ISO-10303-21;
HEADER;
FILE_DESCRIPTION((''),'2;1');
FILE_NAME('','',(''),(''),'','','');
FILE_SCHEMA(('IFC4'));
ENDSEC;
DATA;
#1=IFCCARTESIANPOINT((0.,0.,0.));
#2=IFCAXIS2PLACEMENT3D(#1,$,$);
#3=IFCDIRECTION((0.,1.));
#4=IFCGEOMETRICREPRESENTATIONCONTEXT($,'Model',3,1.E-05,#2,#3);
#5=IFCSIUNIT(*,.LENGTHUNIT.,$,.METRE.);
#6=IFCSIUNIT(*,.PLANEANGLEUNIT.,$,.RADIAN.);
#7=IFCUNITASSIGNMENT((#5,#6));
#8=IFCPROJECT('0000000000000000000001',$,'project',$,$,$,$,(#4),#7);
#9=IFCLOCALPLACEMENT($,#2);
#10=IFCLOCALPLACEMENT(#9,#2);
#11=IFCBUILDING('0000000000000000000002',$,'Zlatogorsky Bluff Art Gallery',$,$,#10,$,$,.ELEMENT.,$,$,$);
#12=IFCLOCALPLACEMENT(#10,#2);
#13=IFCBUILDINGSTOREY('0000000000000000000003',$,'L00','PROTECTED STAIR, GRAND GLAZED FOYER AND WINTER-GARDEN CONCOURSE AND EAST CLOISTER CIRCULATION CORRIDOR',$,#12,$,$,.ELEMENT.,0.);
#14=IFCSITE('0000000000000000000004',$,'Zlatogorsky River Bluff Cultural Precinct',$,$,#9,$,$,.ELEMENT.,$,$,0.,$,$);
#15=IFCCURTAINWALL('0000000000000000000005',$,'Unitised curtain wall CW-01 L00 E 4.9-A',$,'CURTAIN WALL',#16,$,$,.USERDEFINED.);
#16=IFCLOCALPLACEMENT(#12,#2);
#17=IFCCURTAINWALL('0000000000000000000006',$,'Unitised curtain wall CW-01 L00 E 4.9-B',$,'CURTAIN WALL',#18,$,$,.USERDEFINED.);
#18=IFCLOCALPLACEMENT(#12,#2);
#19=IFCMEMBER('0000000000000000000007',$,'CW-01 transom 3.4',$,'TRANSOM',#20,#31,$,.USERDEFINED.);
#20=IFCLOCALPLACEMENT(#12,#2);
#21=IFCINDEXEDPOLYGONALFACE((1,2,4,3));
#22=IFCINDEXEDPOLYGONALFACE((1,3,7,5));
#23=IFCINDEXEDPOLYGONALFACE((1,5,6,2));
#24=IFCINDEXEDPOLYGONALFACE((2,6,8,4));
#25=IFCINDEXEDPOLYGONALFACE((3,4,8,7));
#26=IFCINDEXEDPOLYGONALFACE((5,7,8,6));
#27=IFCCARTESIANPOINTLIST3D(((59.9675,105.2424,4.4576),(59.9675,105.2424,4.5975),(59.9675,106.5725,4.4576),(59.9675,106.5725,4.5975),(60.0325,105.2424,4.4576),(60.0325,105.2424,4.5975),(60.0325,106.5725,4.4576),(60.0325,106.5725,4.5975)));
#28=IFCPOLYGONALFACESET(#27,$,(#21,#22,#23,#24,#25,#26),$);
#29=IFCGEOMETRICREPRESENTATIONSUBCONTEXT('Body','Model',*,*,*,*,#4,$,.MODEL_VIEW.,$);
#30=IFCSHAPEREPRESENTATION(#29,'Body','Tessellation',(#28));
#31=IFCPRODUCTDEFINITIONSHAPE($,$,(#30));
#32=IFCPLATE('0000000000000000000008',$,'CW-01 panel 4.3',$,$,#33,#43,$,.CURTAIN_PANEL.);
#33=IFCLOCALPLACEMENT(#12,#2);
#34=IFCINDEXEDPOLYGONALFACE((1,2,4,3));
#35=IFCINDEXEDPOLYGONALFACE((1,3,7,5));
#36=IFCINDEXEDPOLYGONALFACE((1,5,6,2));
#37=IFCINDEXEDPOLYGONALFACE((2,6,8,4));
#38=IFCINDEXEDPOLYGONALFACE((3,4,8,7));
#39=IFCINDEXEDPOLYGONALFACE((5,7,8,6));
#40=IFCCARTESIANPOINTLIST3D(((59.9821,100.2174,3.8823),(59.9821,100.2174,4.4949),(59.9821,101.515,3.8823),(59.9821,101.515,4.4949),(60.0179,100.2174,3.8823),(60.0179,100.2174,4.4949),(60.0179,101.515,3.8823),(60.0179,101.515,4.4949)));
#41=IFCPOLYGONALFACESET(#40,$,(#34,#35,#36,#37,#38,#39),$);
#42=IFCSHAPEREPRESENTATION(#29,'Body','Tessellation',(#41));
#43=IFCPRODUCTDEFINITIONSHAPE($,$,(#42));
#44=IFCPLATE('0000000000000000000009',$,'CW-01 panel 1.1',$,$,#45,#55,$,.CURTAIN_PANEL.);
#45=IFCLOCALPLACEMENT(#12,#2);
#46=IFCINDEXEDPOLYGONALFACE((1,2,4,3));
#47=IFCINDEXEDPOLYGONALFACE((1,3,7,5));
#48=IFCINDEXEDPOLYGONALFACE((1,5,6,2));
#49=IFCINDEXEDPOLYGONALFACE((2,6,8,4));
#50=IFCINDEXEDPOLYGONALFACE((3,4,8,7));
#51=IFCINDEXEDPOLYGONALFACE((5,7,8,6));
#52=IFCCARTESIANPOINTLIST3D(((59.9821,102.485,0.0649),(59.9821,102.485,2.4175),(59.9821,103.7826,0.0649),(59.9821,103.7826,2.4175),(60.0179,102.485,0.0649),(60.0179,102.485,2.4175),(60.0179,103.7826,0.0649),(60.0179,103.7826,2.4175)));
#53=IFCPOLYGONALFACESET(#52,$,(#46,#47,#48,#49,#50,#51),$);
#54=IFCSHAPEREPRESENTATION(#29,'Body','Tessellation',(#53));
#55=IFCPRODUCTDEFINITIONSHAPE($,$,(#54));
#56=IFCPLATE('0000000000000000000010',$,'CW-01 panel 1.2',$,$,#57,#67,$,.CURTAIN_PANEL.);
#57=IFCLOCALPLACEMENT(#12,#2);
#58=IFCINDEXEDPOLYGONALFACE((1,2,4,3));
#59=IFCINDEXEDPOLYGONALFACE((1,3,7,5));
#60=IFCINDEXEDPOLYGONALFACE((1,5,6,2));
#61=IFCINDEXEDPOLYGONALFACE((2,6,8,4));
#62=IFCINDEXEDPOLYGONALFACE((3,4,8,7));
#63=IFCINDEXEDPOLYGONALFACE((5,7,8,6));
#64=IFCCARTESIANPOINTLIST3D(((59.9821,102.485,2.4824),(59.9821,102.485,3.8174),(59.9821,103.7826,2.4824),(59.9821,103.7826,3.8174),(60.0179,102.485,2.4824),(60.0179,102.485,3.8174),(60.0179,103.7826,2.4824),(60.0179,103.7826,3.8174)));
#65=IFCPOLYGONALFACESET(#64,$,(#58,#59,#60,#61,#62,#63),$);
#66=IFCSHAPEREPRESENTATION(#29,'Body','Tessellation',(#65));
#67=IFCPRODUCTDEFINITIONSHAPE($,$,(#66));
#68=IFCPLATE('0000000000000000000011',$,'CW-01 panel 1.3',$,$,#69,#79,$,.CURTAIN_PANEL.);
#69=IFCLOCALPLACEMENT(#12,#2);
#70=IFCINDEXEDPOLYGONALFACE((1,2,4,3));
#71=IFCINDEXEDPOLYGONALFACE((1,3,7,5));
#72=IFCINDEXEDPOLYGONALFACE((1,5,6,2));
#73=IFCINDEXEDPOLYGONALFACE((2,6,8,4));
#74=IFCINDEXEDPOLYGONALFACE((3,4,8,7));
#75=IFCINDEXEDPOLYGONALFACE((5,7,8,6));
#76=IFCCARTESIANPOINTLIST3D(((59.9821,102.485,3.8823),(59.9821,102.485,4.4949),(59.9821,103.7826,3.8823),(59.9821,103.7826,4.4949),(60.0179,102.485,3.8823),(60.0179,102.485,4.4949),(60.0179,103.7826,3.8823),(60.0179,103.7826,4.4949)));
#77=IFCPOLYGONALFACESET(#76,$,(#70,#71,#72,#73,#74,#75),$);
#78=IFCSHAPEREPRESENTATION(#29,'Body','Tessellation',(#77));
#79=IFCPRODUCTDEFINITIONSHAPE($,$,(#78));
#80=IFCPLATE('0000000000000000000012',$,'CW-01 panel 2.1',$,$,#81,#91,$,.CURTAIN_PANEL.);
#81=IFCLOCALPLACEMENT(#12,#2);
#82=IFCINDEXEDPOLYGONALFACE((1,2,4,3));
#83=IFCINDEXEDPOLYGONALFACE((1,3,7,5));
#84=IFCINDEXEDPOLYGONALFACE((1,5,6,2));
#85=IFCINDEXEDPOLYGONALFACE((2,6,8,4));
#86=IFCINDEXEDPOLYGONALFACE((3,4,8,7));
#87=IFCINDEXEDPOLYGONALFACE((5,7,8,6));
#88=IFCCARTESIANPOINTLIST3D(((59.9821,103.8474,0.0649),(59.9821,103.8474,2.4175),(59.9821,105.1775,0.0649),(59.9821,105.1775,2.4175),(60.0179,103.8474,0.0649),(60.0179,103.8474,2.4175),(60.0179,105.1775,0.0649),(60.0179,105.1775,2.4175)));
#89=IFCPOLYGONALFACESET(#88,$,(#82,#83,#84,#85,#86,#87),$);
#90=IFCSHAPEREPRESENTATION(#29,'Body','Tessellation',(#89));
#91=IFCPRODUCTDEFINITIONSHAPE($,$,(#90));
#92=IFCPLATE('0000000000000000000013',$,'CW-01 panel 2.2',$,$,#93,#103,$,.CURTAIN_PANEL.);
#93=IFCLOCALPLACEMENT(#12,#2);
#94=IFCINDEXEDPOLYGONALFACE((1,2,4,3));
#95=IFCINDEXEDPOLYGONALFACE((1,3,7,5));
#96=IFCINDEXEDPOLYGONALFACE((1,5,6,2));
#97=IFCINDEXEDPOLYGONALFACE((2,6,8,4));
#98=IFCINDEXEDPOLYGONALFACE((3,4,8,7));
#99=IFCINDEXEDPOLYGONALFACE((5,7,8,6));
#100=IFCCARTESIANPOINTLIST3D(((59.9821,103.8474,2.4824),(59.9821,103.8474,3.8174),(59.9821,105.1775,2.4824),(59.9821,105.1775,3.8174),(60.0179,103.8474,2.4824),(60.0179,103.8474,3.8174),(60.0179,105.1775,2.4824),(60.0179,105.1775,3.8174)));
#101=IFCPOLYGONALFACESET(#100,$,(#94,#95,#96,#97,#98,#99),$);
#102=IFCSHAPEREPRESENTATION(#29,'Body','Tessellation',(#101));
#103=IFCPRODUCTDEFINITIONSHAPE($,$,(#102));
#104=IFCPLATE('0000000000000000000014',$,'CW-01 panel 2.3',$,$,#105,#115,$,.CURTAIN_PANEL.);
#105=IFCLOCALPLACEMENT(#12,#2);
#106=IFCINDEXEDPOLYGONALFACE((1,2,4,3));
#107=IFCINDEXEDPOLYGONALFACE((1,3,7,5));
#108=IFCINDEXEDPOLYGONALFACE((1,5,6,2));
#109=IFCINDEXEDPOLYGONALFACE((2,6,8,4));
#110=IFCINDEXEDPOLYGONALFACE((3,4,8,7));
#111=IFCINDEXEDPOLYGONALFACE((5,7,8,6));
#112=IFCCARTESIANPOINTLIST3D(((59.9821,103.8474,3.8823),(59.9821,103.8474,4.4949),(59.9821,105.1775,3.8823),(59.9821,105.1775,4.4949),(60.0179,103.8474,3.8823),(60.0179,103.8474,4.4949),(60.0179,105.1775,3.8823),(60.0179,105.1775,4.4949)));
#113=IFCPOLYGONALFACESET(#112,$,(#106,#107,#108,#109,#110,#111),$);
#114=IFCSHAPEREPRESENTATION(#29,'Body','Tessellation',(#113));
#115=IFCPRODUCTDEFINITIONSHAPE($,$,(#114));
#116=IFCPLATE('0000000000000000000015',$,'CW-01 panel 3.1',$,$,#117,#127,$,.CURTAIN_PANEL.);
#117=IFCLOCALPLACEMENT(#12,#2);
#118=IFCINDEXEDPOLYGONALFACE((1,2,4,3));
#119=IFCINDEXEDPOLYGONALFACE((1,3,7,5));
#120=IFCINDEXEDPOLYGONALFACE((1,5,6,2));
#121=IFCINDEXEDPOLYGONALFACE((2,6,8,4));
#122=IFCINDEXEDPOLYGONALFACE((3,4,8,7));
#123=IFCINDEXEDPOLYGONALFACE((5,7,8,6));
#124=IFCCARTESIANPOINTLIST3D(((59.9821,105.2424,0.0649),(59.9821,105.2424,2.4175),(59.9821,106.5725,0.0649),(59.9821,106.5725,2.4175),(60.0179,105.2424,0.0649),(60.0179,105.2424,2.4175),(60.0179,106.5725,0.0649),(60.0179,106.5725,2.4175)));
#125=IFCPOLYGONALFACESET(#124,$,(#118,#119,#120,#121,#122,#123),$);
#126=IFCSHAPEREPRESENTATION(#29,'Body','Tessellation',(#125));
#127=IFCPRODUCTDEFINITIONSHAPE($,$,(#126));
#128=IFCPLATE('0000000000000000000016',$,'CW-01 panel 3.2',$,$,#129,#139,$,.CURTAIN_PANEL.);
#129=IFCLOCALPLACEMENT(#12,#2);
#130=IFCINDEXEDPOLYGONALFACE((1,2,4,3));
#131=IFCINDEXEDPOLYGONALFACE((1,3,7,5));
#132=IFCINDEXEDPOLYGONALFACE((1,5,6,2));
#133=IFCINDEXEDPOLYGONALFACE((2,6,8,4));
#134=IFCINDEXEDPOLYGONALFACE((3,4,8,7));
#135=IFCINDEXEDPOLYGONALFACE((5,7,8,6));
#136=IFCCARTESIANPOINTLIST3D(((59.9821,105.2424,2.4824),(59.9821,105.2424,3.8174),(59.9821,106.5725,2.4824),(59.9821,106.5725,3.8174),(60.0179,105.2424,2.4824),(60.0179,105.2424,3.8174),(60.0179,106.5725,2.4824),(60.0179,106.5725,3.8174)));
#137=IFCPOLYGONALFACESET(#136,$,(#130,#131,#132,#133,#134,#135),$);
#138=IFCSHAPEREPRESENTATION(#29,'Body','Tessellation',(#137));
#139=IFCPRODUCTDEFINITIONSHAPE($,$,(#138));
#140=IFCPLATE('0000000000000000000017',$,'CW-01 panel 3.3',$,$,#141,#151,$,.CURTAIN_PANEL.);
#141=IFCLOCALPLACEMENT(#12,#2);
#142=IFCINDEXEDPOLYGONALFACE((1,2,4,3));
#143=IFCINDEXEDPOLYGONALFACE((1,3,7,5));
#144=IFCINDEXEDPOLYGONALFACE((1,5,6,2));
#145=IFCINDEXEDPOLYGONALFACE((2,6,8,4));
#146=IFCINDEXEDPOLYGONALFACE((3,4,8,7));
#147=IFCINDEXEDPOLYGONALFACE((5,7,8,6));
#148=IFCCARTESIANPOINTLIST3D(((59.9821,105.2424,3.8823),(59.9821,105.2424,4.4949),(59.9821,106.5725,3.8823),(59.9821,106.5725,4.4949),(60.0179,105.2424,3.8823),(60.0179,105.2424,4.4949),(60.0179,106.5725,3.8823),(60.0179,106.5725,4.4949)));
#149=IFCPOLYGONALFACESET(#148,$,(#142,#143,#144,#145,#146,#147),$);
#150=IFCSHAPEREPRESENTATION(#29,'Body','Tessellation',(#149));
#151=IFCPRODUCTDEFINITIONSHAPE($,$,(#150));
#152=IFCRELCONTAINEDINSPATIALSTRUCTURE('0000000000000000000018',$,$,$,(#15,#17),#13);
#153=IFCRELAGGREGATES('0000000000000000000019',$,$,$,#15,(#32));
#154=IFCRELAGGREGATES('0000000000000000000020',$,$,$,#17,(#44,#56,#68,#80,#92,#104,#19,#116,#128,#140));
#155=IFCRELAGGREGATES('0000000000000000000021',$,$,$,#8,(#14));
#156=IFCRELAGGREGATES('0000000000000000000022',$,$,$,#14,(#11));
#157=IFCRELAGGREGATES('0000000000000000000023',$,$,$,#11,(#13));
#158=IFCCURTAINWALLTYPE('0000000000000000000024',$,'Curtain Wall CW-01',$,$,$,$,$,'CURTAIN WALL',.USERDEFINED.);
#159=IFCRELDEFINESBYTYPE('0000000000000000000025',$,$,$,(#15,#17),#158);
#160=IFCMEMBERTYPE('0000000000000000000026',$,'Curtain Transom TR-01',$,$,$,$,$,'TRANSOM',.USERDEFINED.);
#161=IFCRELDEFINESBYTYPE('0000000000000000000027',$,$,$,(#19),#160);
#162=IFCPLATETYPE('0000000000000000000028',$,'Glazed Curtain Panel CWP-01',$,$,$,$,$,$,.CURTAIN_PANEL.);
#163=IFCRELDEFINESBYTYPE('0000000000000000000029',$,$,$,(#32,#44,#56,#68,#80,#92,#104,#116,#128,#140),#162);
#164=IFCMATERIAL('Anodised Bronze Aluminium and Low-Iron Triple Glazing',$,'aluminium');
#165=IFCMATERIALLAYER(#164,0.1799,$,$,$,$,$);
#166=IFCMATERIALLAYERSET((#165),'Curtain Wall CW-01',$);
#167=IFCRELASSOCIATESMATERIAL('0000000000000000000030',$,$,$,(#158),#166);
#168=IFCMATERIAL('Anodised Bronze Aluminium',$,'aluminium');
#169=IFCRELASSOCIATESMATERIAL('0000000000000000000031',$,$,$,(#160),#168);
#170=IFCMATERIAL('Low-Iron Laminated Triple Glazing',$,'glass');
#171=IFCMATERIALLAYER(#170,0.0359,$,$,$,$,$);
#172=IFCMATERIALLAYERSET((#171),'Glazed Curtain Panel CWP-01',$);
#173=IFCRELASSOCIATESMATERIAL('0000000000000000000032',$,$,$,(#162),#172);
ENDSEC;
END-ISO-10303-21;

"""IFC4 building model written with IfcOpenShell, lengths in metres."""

from ifc_helpers import new_model, si_unit, direction, frame, origin, origin_2d, place, context, subcontext, project, spatial, rectangle, extrude, material, layer, layer_set, material_profile, profile_set, type_object, element, aggregate, save


model = new_model("IFC4")

# Units and contexts
model_context = context("Model", 3, precision=1e-05, world=origin(), true_north=direction((0.0, 1.0)))
body_context = subcontext(model_context, "Body", "Model", "MODEL_VIEW")
ifc_project = project(units=[si_unit("LENGTHUNIT", "METRE"), si_unit("PLANEANGLEUNIT", "RADIAN")], contexts=[model_context])

# Site, building, storey
site_placement = place(None, origin())
site = spatial("IfcSite", under=ifc_project, at=site_placement, Name="Zlatogorsky River Bluff Cultural Precinct", CompositionType="ELEMENT", RefElevation=0.0)
building_placement = place(site_placement, origin())
building = spatial("IfcBuilding", under=site, at=building_placement, Name="Zlatogorsky Bluff Art Gallery", CompositionType="ELEMENT")
storey_placement = place(building_placement, origin())
storey = spatial("IfcBuildingStorey", under=building, at=storey_placement, Name="L00", Description="PROTECTED STAIR, GRAND GLAZED FOYER AND WINTER-GARDEN CONCOURSE AND EAST CLOISTER CIRCULATION CORRIDOR", CompositionType="ELEMENT", Elevation=0.0)

# Curtain wall
ifc_material_1 = material(Name="Anodised Bronze Aluminium and Low-Iron Triple Glazing", Category="aluminium")
ifc_layer_1 = layer(ifc_material_1, 0.1799)
ifc_layer_set_1 = layer_set([ifc_layer_1], Name="Curtain Wall CW-01")
curtain_wall_type = type_object("IfcCurtainWallType", Name="Curtain Wall CW-01", ElementType="CURTAIN WALL", PredefinedType="USERDEFINED", material=ifc_layer_set_1)
curtain_wall_1_placement = place(storey_placement, origin())
curtain_wall_1 = element("IfcCurtainWall", 1, at=curtain_wall_1_placement, inside=storey, type_object=curtain_wall_type, Name="Unitised curtain wall CW-01 L00 E 4.9-A", ObjectType="CURTAIN WALL", PredefinedType="USERDEFINED")
ifc_material_2 = material(Name="Anodised Bronze Aluminium", Category="aluminium")

# Curtain wall, member
curtain_wall_2_placement = place(storey_placement, origin())
curtain_wall_2 = element("IfcCurtainWall", 2, at=curtain_wall_2_placement, inside=storey, type_object=curtain_wall_type, Name="Unitised curtain wall CW-01 L00 E 4.9-B", ObjectType="CURTAIN WALL", PredefinedType="USERDEFINED")
ifc_material_profile_1 = material_profile(ifc_material_2, rectangle(XDim=0.0649, YDim=0.1399, at=origin_2d()), Name="ALU TRANSOM 65x140")
ifc_profile_set_1 = profile_set([ifc_material_profile_1], Name="Anodised Bronze Aluminium")
member_type_1 = type_object("IfcMemberType", Name="Curtain Transom TR-01", ElementType="TRANSOM", PredefinedType="USERDEFINED", material=ifc_profile_set_1)
member_1_placement = place(storey_placement, frame((60.0, 105.2424, 4.5276), z_axis=(0.0, 1.0, 0.0), x_axis=(-1.0, 0.0, 0.0)))
member_1 = element("IfcMember", 3, at=member_1_placement, type_object=member_type_1, Name="CW-01 transom 3.4", ObjectType="TRANSOM", PredefinedType="USERDEFINED", context=body_context, shape_type="SweptSolid", body=[
    extrude(rectangle(XDim=0.0649, YDim=0.1399, at=origin_2d()), origin(), (0.0, 0.0, 1.0), 1.3301),
])

# Plates
ifc_material_3 = material(Name="Low-Iron Laminated Triple Glazing", Category="glass")
ifc_layer_2 = layer(ifc_material_3, 0.0359)
ifc_layer_set_2 = layer_set([ifc_layer_2], Name="Glazed Curtain Panel CWP-01")
plate_type = type_object("IfcPlateType", Name="Glazed Curtain Panel CWP-01", PredefinedType="CURTAIN_PANEL", material=ifc_layer_set_2)
plate_1_placement = place(storey_placement, frame((60.0, 100.8662, 3.8823), z_axis=(0.0, 0.0, 1.0), x_axis=(0.0, 1.0, 0.0)))
plate_1 = element("IfcPlate", 4, at=plate_1_placement, type_object=plate_type, Name="CW-01 panel 4.3", PredefinedType="CURTAIN_PANEL", context=body_context, shape_type="SweptSolid", body=[
    extrude(rectangle(XDim=1.2976, YDim=0.0359, at=origin_2d()), origin(), (0.0, 0.0, 1.0), 0.6125),
])
aggregate(curtain_wall_1, [plate_1])
plate_2_placement = place(storey_placement, frame((60.0, 103.1338, 0.0649), z_axis=(0.0, 0.0, 1.0), x_axis=(0.0, 1.0, 0.0)))
plate_2 = element("IfcPlate", 5, at=plate_2_placement, type_object=plate_type, Name="CW-01 panel 1.1", PredefinedType="CURTAIN_PANEL", context=body_context, shape_type="SweptSolid", body=[
    extrude(rectangle(XDim=1.2976, YDim=0.0359, at=origin_2d()), origin(), (0.0, 0.0, 1.0), 2.3525),
])
plate_3_placement = place(storey_placement, frame((60.0, 103.1338, 2.4824), z_axis=(0.0, 0.0, 1.0), x_axis=(0.0, 1.0, 0.0)))
plate_3 = element("IfcPlate", 6, at=plate_3_placement, type_object=plate_type, Name="CW-01 panel 1.2", PredefinedType="CURTAIN_PANEL", context=body_context, shape_type="SweptSolid", body=[
    extrude(rectangle(XDim=1.2976, YDim=0.0359, at=origin_2d()), origin(), (0.0, 0.0, 1.0), 1.335),
])
plate_4_placement = place(storey_placement, frame((60.0, 103.1338, 3.8823), z_axis=(0.0, 0.0, 1.0), x_axis=(0.0, 1.0, 0.0)))
plate_4 = element("IfcPlate", 7, at=plate_4_placement, type_object=plate_type, Name="CW-01 panel 1.3", PredefinedType="CURTAIN_PANEL", context=body_context, shape_type="SweptSolid", body=[
    extrude(rectangle(XDim=1.2976, YDim=0.0359, at=origin_2d()), origin(), (0.0, 0.0, 1.0), 0.6125),
])
plate_5_placement = place(storey_placement, frame((60.0, 104.5125, 0.0649), z_axis=(0.0, 0.0, 1.0), x_axis=(0.0, 1.0, 0.0)))
plate_5 = element("IfcPlate", 8, at=plate_5_placement, type_object=plate_type, Name="CW-01 panel 2.1", PredefinedType="CURTAIN_PANEL", context=body_context, shape_type="SweptSolid", body=[
    extrude(rectangle(XDim=1.3301, YDim=0.0359, at=origin_2d()), origin(), (0.0, 0.0, 1.0), 2.3525),
])
plate_6_placement = place(storey_placement, frame((60.0, 104.5125, 2.4824), z_axis=(0.0, 0.0, 1.0), x_axis=(0.0, 1.0, 0.0)))
plate_6 = element("IfcPlate", 9, at=plate_6_placement, type_object=plate_type, Name="CW-01 panel 2.2", PredefinedType="CURTAIN_PANEL", context=body_context, shape_type="SweptSolid", body=[
    extrude(rectangle(XDim=1.3301, YDim=0.0359, at=origin_2d()), origin(), (0.0, 0.0, 1.0), 1.335),
])
plate_7_placement = place(storey_placement, frame((60.0, 104.5125, 3.8823), z_axis=(0.0, 0.0, 1.0), x_axis=(0.0, 1.0, 0.0)))
plate_7 = element("IfcPlate", 10, at=plate_7_placement, type_object=plate_type, Name="CW-01 panel 2.3", PredefinedType="CURTAIN_PANEL", context=body_context, shape_type="SweptSolid", body=[
    extrude(rectangle(XDim=1.3301, YDim=0.0359, at=origin_2d()), origin(), (0.0, 0.0, 1.0), 0.6125),
])
plate_8_placement = place(storey_placement, frame((60.0, 105.9075, 0.0649), z_axis=(0.0, 0.0, 1.0), x_axis=(0.0, 1.0, 0.0)))
plate_8 = element("IfcPlate", 11, at=plate_8_placement, type_object=plate_type, Name="CW-01 panel 3.1", PredefinedType="CURTAIN_PANEL", context=body_context, shape_type="SweptSolid", body=[
    extrude(rectangle(XDim=1.3301, YDim=0.0359, at=origin_2d()), origin(), (0.0, 0.0, 1.0), 2.3525),
])
plate_9_placement = place(storey_placement, frame((60.0, 105.9075, 2.4824), z_axis=(0.0, 0.0, 1.0), x_axis=(0.0, 1.0, 0.0)))
plate_9 = element("IfcPlate", 12, at=plate_9_placement, type_object=plate_type, Name="CW-01 panel 3.2", PredefinedType="CURTAIN_PANEL", context=body_context, shape_type="SweptSolid", body=[
    extrude(rectangle(XDim=1.3301, YDim=0.0359, at=origin_2d()), origin(), (0.0, 0.0, 1.0), 1.335),
])
plate_10_placement = place(storey_placement, frame((60.0, 105.9075, 3.8823), z_axis=(0.0, 0.0, 1.0), x_axis=(0.0, 1.0, 0.0)))
plate_10 = element("IfcPlate", 13, at=plate_10_placement, type_object=plate_type, Name="CW-01 panel 3.3", PredefinedType="CURTAIN_PANEL", context=body_context, shape_type="SweptSolid", body=[
    extrude(rectangle(XDim=1.3301, YDim=0.0359, at=origin_2d()), origin(), (0.0, 0.0, 1.0), 0.6125),
])
aggregate(curtain_wall_2, [plate_2, plate_3, plate_4, plate_5, plate_6, plate_7, member_1, plate_8, plate_9, plate_10])

save(model, "model.ifc")
